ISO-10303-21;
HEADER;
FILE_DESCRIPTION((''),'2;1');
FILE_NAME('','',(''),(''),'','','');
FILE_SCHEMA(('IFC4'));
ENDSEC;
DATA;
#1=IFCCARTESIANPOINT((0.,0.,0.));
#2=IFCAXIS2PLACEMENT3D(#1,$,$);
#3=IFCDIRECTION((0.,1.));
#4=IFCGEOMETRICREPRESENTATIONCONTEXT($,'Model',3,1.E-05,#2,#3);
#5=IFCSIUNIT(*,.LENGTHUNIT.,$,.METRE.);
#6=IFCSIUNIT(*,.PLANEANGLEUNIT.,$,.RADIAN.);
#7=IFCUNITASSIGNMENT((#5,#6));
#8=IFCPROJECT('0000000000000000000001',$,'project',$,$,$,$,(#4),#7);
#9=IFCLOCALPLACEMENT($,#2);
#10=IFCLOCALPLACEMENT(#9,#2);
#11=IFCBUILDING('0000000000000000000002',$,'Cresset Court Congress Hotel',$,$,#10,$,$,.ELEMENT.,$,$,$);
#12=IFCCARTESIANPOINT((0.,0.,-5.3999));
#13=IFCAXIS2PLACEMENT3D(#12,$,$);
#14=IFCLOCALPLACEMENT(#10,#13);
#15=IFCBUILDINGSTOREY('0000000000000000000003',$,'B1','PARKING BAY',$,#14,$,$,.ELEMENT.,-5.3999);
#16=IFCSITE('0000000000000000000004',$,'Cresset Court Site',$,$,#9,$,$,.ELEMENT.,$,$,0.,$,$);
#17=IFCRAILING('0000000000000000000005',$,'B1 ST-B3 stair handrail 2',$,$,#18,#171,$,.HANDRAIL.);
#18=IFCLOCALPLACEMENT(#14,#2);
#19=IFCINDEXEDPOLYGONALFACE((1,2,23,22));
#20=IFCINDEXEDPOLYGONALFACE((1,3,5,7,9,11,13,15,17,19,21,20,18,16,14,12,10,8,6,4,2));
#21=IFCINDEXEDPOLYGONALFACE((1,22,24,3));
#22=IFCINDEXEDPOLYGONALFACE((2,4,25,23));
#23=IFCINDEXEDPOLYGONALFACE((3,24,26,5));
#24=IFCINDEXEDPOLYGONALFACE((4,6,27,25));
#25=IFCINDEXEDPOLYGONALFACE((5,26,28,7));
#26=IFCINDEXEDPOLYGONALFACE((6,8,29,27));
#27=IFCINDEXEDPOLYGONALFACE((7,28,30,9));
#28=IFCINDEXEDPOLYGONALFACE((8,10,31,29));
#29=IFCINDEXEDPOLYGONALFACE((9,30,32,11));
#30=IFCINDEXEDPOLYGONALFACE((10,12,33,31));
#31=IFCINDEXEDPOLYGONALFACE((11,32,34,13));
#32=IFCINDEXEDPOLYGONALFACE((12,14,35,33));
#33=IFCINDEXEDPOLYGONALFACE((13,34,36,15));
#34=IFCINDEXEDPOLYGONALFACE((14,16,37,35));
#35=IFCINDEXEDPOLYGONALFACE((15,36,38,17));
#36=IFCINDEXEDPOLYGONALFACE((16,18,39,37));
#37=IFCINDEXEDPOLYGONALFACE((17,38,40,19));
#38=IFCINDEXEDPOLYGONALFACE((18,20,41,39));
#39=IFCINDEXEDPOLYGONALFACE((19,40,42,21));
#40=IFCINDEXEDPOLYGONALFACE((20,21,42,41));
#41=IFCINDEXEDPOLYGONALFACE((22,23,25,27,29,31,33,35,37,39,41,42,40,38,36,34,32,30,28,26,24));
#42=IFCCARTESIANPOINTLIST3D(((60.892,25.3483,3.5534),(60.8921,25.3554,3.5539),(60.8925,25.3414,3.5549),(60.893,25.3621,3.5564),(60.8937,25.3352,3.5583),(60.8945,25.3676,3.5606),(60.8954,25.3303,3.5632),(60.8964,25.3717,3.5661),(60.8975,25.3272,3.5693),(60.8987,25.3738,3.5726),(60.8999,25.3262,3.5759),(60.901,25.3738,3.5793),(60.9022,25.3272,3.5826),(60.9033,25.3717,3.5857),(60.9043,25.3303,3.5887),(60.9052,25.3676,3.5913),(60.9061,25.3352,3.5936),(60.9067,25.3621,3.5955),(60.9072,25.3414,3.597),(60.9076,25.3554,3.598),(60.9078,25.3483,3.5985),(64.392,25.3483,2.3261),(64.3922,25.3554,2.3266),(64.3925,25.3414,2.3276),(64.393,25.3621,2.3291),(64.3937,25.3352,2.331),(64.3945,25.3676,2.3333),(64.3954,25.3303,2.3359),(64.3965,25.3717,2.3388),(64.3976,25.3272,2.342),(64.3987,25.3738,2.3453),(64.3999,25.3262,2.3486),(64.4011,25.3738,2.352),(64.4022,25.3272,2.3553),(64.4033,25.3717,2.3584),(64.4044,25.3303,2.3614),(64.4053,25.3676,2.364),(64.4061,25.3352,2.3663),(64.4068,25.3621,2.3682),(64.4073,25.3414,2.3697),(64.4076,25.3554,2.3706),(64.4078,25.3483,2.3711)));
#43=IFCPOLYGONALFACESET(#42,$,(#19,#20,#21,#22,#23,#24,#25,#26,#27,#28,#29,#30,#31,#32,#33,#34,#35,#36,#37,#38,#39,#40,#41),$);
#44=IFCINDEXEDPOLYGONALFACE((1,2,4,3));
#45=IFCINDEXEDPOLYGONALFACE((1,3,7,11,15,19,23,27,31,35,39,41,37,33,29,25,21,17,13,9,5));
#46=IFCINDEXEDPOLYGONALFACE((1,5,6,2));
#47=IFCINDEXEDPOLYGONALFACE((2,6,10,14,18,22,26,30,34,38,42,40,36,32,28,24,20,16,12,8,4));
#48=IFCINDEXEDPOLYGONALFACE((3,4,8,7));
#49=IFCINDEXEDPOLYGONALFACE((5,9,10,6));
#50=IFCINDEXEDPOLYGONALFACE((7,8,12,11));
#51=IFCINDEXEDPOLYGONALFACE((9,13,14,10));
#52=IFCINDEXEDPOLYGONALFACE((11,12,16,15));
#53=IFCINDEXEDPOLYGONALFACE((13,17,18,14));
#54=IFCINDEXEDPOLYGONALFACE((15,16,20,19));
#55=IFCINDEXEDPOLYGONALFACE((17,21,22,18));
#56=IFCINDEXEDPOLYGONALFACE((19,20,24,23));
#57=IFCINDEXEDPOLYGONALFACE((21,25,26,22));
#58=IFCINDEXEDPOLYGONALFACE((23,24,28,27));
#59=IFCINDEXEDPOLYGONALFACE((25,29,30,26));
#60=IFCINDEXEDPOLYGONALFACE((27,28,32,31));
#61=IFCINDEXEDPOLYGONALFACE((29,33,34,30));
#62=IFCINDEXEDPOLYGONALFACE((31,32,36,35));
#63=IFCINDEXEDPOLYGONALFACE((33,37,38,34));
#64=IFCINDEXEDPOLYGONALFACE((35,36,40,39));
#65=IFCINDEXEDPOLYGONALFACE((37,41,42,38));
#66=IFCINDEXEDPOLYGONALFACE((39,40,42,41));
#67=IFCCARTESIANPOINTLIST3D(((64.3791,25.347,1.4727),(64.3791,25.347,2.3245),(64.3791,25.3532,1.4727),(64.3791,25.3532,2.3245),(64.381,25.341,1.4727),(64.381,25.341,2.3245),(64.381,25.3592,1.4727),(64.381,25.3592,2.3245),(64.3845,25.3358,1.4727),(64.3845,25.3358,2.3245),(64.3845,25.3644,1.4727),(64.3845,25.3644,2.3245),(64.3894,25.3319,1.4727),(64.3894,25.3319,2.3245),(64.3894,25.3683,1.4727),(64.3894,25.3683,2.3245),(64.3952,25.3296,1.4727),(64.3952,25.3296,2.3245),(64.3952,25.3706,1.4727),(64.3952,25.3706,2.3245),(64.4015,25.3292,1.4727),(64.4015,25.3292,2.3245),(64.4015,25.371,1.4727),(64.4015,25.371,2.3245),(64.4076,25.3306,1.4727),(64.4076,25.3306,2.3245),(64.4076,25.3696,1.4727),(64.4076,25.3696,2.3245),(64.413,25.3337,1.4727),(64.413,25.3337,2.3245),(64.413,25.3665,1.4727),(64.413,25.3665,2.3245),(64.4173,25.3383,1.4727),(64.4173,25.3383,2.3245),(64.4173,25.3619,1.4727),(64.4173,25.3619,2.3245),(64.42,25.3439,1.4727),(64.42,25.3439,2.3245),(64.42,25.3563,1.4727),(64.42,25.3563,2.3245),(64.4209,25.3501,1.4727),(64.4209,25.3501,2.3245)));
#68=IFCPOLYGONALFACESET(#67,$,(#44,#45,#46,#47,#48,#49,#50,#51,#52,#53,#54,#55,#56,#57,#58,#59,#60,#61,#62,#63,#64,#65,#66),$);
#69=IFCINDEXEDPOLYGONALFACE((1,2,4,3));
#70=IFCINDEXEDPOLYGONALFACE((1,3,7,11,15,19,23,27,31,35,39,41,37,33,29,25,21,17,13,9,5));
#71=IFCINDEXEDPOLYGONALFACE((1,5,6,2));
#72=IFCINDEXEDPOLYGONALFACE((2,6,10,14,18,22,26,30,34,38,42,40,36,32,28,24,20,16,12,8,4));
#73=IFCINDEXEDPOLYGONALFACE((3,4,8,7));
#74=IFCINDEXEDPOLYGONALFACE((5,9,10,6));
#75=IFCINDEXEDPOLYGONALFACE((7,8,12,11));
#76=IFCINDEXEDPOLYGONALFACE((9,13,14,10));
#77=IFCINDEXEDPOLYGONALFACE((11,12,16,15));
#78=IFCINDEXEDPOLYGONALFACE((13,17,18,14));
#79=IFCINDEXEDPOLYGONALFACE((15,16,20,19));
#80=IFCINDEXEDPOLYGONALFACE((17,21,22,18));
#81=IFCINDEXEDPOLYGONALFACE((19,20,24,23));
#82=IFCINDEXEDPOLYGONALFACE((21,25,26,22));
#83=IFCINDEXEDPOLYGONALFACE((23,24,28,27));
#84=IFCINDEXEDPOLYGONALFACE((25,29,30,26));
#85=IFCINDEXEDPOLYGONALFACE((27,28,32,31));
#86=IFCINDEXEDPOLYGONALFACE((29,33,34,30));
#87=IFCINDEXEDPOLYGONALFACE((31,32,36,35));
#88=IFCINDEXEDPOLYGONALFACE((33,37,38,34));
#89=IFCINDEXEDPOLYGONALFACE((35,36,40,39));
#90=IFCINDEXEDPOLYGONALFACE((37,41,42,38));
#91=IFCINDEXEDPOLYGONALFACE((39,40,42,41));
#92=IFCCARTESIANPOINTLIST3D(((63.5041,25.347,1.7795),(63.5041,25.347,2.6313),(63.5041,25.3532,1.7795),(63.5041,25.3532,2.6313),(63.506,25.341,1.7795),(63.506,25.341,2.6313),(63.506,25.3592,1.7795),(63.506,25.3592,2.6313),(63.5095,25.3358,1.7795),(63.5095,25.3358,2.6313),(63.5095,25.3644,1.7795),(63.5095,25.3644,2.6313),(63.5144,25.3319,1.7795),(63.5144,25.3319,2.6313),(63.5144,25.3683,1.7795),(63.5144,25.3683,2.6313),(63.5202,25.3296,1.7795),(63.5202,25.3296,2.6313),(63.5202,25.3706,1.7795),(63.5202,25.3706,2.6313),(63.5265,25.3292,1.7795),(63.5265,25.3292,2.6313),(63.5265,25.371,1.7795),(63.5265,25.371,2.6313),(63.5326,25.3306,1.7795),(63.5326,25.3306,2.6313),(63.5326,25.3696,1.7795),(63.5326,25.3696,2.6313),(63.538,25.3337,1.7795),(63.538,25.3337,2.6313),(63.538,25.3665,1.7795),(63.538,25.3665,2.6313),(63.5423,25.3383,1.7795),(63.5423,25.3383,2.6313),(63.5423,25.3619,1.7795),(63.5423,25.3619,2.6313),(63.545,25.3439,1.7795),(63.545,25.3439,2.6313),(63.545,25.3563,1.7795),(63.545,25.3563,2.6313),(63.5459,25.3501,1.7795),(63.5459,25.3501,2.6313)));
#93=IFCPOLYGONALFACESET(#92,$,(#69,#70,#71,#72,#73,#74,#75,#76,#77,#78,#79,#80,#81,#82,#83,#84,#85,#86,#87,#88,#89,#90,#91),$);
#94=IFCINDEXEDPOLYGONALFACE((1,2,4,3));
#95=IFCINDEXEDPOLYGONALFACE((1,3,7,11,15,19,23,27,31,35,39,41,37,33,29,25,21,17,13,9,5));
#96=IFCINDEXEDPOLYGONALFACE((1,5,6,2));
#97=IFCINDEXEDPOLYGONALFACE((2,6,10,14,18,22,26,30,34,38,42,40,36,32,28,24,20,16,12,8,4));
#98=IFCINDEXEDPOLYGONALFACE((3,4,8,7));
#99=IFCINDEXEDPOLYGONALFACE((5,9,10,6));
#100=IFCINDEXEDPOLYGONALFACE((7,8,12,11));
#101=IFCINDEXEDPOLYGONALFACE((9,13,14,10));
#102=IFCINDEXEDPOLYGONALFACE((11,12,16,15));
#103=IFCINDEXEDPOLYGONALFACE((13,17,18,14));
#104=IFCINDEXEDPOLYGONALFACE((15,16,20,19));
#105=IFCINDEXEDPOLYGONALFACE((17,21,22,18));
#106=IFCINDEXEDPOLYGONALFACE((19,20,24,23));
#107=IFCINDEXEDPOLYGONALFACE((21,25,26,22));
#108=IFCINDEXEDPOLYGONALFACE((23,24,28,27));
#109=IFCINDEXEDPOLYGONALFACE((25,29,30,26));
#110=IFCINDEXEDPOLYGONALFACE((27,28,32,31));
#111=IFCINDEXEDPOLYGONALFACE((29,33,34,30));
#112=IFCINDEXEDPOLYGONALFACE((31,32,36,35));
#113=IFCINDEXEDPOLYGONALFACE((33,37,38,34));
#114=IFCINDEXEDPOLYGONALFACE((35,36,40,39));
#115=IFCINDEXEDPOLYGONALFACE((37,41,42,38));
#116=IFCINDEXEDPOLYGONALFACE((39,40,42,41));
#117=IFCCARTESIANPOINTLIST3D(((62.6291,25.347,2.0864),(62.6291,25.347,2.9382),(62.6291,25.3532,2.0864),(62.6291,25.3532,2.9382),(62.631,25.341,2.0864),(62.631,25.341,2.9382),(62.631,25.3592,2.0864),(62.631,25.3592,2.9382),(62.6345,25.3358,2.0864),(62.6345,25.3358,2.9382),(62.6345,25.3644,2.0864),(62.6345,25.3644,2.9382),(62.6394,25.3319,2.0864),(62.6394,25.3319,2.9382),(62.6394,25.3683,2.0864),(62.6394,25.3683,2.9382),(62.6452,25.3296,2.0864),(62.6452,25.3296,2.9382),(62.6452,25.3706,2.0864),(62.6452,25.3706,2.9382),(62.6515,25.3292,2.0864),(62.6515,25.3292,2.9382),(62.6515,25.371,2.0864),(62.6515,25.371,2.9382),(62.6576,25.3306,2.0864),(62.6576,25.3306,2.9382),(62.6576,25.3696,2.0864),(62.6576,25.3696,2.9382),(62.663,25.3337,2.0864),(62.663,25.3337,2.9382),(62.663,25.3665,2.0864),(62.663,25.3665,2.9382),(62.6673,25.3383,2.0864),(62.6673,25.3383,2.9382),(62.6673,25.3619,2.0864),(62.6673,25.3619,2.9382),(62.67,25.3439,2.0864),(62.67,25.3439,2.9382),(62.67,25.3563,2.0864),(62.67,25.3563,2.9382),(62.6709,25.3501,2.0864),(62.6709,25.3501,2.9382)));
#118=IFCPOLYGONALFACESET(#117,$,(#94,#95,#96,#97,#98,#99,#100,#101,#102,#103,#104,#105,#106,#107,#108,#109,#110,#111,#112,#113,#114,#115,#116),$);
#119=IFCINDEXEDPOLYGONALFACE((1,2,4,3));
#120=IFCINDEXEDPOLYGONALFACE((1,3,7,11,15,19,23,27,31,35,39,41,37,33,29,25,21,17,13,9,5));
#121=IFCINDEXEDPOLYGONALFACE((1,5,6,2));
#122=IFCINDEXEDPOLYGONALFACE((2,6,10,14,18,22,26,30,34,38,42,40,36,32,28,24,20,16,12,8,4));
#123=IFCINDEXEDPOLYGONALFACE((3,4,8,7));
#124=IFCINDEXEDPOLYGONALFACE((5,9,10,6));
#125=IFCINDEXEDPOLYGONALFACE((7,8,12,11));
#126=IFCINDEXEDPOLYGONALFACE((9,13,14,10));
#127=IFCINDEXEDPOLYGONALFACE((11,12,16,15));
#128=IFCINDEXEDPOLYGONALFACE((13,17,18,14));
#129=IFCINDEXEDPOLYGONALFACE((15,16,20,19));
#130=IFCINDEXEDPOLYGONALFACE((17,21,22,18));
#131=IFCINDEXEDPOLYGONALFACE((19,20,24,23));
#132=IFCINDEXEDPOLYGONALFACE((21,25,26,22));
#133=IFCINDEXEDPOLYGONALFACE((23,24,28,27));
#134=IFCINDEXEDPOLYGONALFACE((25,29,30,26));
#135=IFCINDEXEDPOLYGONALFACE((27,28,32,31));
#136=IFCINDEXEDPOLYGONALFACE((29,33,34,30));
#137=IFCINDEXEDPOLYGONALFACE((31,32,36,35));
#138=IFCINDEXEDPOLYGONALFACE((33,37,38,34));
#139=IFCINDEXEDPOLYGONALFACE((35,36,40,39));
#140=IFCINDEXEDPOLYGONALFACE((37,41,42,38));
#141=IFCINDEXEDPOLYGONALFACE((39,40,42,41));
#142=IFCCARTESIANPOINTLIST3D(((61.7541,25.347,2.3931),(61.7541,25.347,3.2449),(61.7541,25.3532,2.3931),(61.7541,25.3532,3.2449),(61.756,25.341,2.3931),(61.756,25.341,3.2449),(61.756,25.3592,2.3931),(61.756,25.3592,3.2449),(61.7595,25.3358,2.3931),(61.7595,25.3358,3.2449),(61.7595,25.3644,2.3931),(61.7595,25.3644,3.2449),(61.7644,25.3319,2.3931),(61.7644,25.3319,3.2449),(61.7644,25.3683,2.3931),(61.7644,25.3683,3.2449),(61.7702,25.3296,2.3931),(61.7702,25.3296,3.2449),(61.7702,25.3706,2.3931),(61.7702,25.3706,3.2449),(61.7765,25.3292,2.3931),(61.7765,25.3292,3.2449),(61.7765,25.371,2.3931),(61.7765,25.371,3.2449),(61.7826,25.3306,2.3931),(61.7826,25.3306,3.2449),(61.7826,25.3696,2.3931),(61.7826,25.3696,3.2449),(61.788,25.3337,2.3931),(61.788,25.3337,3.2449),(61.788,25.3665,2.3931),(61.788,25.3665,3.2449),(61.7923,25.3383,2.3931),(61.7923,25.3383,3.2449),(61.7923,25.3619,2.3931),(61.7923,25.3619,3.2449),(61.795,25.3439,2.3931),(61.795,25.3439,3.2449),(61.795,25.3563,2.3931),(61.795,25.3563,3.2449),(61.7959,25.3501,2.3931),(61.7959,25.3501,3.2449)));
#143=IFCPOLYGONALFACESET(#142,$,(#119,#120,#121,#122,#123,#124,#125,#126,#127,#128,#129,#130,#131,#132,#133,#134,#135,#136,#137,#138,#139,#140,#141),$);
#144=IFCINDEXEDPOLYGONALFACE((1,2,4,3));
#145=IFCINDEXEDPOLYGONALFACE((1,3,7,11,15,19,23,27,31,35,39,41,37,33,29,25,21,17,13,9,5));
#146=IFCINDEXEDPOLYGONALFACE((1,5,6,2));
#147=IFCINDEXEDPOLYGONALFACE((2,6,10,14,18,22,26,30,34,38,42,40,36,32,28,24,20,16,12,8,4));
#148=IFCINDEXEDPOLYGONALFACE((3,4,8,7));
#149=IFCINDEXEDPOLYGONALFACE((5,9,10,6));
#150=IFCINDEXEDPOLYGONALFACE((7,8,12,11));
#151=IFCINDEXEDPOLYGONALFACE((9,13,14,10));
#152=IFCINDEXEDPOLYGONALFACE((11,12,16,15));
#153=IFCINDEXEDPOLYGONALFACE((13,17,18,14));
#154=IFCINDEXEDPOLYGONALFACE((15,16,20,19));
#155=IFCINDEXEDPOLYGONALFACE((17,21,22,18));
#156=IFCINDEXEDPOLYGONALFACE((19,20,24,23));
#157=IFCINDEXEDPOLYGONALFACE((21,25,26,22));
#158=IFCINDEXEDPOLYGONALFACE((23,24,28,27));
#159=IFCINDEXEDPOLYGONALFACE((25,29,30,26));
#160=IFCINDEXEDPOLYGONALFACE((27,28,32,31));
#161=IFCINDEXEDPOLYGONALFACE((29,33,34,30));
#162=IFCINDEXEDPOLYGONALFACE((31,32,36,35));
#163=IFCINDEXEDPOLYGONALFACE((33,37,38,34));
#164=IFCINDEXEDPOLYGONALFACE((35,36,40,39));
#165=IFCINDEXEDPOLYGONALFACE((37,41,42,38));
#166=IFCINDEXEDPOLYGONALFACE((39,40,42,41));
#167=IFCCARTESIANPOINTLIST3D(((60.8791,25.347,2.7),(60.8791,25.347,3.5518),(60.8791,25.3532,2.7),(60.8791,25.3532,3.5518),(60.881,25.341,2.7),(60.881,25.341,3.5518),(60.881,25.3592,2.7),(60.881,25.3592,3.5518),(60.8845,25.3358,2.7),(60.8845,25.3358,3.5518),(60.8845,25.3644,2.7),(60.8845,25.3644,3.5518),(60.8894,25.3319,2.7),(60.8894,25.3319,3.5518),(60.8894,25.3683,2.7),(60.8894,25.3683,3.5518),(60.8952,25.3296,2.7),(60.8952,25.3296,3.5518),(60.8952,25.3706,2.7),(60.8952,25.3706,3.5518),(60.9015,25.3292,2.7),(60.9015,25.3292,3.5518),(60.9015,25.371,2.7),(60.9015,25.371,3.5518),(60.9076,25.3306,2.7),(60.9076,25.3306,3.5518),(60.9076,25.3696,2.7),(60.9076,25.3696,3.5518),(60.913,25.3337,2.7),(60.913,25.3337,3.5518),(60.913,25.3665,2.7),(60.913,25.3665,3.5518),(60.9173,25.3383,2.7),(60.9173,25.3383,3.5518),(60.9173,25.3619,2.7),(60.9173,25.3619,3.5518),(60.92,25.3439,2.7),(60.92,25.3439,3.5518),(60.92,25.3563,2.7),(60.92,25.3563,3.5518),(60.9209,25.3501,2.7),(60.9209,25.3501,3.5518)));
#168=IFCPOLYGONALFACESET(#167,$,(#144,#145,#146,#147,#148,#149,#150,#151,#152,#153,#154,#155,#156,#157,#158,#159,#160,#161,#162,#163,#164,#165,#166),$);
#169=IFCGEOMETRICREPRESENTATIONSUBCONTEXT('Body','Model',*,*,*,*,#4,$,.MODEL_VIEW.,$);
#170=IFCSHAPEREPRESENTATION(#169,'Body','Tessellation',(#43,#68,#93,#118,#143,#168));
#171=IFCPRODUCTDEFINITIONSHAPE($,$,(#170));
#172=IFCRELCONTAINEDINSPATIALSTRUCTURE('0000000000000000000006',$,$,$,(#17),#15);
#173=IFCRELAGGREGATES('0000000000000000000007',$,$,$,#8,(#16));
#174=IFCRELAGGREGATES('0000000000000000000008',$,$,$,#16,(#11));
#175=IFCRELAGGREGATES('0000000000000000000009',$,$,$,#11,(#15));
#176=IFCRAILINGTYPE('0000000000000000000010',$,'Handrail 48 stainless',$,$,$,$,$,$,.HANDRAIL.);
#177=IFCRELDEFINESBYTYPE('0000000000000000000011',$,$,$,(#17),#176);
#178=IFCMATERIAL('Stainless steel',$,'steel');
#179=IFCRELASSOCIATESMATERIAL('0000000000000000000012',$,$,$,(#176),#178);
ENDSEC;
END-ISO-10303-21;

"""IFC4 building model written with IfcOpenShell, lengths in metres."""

from ifc_helpers import new_model, si_unit, direction, frame, origin, origin_2d, place, context, subcontext, project, spatial, circle, extrude, material, type_object, element, save


model = new_model("IFC4")

# Units and contexts
model_context = context("Model", 3, precision=1e-05, world=origin(), true_north=direction((0.0, 1.0)))
body_context = subcontext(model_context, "Body", "Model", "MODEL_VIEW")
ifc_project = project(units=[si_unit("LENGTHUNIT", "METRE"), si_unit("PLANEANGLEUNIT", "RADIAN")], contexts=[model_context])

# Site, building, storey
site_placement = place(None, origin())
site = spatial("IfcSite", under=ifc_project, at=site_placement, Name="Cresset Court Site", CompositionType="ELEMENT", RefElevation=0.0)
building_placement = place(site_placement, origin())
building = spatial("IfcBuilding", under=site, at=building_placement, Name="Cresset Court Congress Hotel", CompositionType="ELEMENT")
storey_placement = place(building_placement, frame((0.0, 0.0, -5.3999)))
storey = spatial("IfcBuildingStorey", under=building, at=storey_placement, Name="B1", Description="PARKING BAY", CompositionType="ELEMENT", Elevation=-5.3999)

# Railing
ifc_material_1 = material(Name="Stainless steel", Category="steel")
railing_type_1 = type_object("IfcRailingType", Name="Handrail 48 stainless", PredefinedType="HANDRAIL", material=ifc_material_1)
railing_1_placement = place(storey_placement, frame((64.3999, 25.3501, 1.4727)))
element("IfcRailing", 1, at=railing_1_placement, inside=storey, type_object=railing_type_1, Name="B1 ST-B3 stair handrail 2", PredefinedType="HANDRAIL", context=body_context, shape_type="SweptSolid", body=[
    extrude(circle(Radius=0.0239, at=origin_2d()), frame((0.0, 0.0, 0.876), z_axis=(-0.943665, 0.0, 0.330902), x_axis=(0.0, -1.0, 0.0)), (0.0, 0.0, 1.0), 3.709),
    extrude(circle(Radius=0.021, at=origin_2d()), origin(), (0.0, 0.0, 1.0), 0.8518),
    extrude(circle(Radius=0.021, at=origin_2d()), frame((-0.875, 0.0, 0.3069)), (0.0, 0.0, 1.0), 0.8518),
    extrude(circle(Radius=0.021, at=origin_2d()), frame((-1.75, 0.0, 0.6138)), (0.0, 0.0, 1.0), 0.8518),
    extrude(circle(Radius=0.021, at=origin_2d()), frame((-2.625, 0.0, 0.9204)), (0.0, 0.0, 1.0), 0.8518),
    extrude(circle(Radius=0.021, at=origin_2d()), frame((-3.5, 0.0, 1.2273)), (0.0, 0.0, 1.0), 0.8518),
])

save(model, "model.ifc")
